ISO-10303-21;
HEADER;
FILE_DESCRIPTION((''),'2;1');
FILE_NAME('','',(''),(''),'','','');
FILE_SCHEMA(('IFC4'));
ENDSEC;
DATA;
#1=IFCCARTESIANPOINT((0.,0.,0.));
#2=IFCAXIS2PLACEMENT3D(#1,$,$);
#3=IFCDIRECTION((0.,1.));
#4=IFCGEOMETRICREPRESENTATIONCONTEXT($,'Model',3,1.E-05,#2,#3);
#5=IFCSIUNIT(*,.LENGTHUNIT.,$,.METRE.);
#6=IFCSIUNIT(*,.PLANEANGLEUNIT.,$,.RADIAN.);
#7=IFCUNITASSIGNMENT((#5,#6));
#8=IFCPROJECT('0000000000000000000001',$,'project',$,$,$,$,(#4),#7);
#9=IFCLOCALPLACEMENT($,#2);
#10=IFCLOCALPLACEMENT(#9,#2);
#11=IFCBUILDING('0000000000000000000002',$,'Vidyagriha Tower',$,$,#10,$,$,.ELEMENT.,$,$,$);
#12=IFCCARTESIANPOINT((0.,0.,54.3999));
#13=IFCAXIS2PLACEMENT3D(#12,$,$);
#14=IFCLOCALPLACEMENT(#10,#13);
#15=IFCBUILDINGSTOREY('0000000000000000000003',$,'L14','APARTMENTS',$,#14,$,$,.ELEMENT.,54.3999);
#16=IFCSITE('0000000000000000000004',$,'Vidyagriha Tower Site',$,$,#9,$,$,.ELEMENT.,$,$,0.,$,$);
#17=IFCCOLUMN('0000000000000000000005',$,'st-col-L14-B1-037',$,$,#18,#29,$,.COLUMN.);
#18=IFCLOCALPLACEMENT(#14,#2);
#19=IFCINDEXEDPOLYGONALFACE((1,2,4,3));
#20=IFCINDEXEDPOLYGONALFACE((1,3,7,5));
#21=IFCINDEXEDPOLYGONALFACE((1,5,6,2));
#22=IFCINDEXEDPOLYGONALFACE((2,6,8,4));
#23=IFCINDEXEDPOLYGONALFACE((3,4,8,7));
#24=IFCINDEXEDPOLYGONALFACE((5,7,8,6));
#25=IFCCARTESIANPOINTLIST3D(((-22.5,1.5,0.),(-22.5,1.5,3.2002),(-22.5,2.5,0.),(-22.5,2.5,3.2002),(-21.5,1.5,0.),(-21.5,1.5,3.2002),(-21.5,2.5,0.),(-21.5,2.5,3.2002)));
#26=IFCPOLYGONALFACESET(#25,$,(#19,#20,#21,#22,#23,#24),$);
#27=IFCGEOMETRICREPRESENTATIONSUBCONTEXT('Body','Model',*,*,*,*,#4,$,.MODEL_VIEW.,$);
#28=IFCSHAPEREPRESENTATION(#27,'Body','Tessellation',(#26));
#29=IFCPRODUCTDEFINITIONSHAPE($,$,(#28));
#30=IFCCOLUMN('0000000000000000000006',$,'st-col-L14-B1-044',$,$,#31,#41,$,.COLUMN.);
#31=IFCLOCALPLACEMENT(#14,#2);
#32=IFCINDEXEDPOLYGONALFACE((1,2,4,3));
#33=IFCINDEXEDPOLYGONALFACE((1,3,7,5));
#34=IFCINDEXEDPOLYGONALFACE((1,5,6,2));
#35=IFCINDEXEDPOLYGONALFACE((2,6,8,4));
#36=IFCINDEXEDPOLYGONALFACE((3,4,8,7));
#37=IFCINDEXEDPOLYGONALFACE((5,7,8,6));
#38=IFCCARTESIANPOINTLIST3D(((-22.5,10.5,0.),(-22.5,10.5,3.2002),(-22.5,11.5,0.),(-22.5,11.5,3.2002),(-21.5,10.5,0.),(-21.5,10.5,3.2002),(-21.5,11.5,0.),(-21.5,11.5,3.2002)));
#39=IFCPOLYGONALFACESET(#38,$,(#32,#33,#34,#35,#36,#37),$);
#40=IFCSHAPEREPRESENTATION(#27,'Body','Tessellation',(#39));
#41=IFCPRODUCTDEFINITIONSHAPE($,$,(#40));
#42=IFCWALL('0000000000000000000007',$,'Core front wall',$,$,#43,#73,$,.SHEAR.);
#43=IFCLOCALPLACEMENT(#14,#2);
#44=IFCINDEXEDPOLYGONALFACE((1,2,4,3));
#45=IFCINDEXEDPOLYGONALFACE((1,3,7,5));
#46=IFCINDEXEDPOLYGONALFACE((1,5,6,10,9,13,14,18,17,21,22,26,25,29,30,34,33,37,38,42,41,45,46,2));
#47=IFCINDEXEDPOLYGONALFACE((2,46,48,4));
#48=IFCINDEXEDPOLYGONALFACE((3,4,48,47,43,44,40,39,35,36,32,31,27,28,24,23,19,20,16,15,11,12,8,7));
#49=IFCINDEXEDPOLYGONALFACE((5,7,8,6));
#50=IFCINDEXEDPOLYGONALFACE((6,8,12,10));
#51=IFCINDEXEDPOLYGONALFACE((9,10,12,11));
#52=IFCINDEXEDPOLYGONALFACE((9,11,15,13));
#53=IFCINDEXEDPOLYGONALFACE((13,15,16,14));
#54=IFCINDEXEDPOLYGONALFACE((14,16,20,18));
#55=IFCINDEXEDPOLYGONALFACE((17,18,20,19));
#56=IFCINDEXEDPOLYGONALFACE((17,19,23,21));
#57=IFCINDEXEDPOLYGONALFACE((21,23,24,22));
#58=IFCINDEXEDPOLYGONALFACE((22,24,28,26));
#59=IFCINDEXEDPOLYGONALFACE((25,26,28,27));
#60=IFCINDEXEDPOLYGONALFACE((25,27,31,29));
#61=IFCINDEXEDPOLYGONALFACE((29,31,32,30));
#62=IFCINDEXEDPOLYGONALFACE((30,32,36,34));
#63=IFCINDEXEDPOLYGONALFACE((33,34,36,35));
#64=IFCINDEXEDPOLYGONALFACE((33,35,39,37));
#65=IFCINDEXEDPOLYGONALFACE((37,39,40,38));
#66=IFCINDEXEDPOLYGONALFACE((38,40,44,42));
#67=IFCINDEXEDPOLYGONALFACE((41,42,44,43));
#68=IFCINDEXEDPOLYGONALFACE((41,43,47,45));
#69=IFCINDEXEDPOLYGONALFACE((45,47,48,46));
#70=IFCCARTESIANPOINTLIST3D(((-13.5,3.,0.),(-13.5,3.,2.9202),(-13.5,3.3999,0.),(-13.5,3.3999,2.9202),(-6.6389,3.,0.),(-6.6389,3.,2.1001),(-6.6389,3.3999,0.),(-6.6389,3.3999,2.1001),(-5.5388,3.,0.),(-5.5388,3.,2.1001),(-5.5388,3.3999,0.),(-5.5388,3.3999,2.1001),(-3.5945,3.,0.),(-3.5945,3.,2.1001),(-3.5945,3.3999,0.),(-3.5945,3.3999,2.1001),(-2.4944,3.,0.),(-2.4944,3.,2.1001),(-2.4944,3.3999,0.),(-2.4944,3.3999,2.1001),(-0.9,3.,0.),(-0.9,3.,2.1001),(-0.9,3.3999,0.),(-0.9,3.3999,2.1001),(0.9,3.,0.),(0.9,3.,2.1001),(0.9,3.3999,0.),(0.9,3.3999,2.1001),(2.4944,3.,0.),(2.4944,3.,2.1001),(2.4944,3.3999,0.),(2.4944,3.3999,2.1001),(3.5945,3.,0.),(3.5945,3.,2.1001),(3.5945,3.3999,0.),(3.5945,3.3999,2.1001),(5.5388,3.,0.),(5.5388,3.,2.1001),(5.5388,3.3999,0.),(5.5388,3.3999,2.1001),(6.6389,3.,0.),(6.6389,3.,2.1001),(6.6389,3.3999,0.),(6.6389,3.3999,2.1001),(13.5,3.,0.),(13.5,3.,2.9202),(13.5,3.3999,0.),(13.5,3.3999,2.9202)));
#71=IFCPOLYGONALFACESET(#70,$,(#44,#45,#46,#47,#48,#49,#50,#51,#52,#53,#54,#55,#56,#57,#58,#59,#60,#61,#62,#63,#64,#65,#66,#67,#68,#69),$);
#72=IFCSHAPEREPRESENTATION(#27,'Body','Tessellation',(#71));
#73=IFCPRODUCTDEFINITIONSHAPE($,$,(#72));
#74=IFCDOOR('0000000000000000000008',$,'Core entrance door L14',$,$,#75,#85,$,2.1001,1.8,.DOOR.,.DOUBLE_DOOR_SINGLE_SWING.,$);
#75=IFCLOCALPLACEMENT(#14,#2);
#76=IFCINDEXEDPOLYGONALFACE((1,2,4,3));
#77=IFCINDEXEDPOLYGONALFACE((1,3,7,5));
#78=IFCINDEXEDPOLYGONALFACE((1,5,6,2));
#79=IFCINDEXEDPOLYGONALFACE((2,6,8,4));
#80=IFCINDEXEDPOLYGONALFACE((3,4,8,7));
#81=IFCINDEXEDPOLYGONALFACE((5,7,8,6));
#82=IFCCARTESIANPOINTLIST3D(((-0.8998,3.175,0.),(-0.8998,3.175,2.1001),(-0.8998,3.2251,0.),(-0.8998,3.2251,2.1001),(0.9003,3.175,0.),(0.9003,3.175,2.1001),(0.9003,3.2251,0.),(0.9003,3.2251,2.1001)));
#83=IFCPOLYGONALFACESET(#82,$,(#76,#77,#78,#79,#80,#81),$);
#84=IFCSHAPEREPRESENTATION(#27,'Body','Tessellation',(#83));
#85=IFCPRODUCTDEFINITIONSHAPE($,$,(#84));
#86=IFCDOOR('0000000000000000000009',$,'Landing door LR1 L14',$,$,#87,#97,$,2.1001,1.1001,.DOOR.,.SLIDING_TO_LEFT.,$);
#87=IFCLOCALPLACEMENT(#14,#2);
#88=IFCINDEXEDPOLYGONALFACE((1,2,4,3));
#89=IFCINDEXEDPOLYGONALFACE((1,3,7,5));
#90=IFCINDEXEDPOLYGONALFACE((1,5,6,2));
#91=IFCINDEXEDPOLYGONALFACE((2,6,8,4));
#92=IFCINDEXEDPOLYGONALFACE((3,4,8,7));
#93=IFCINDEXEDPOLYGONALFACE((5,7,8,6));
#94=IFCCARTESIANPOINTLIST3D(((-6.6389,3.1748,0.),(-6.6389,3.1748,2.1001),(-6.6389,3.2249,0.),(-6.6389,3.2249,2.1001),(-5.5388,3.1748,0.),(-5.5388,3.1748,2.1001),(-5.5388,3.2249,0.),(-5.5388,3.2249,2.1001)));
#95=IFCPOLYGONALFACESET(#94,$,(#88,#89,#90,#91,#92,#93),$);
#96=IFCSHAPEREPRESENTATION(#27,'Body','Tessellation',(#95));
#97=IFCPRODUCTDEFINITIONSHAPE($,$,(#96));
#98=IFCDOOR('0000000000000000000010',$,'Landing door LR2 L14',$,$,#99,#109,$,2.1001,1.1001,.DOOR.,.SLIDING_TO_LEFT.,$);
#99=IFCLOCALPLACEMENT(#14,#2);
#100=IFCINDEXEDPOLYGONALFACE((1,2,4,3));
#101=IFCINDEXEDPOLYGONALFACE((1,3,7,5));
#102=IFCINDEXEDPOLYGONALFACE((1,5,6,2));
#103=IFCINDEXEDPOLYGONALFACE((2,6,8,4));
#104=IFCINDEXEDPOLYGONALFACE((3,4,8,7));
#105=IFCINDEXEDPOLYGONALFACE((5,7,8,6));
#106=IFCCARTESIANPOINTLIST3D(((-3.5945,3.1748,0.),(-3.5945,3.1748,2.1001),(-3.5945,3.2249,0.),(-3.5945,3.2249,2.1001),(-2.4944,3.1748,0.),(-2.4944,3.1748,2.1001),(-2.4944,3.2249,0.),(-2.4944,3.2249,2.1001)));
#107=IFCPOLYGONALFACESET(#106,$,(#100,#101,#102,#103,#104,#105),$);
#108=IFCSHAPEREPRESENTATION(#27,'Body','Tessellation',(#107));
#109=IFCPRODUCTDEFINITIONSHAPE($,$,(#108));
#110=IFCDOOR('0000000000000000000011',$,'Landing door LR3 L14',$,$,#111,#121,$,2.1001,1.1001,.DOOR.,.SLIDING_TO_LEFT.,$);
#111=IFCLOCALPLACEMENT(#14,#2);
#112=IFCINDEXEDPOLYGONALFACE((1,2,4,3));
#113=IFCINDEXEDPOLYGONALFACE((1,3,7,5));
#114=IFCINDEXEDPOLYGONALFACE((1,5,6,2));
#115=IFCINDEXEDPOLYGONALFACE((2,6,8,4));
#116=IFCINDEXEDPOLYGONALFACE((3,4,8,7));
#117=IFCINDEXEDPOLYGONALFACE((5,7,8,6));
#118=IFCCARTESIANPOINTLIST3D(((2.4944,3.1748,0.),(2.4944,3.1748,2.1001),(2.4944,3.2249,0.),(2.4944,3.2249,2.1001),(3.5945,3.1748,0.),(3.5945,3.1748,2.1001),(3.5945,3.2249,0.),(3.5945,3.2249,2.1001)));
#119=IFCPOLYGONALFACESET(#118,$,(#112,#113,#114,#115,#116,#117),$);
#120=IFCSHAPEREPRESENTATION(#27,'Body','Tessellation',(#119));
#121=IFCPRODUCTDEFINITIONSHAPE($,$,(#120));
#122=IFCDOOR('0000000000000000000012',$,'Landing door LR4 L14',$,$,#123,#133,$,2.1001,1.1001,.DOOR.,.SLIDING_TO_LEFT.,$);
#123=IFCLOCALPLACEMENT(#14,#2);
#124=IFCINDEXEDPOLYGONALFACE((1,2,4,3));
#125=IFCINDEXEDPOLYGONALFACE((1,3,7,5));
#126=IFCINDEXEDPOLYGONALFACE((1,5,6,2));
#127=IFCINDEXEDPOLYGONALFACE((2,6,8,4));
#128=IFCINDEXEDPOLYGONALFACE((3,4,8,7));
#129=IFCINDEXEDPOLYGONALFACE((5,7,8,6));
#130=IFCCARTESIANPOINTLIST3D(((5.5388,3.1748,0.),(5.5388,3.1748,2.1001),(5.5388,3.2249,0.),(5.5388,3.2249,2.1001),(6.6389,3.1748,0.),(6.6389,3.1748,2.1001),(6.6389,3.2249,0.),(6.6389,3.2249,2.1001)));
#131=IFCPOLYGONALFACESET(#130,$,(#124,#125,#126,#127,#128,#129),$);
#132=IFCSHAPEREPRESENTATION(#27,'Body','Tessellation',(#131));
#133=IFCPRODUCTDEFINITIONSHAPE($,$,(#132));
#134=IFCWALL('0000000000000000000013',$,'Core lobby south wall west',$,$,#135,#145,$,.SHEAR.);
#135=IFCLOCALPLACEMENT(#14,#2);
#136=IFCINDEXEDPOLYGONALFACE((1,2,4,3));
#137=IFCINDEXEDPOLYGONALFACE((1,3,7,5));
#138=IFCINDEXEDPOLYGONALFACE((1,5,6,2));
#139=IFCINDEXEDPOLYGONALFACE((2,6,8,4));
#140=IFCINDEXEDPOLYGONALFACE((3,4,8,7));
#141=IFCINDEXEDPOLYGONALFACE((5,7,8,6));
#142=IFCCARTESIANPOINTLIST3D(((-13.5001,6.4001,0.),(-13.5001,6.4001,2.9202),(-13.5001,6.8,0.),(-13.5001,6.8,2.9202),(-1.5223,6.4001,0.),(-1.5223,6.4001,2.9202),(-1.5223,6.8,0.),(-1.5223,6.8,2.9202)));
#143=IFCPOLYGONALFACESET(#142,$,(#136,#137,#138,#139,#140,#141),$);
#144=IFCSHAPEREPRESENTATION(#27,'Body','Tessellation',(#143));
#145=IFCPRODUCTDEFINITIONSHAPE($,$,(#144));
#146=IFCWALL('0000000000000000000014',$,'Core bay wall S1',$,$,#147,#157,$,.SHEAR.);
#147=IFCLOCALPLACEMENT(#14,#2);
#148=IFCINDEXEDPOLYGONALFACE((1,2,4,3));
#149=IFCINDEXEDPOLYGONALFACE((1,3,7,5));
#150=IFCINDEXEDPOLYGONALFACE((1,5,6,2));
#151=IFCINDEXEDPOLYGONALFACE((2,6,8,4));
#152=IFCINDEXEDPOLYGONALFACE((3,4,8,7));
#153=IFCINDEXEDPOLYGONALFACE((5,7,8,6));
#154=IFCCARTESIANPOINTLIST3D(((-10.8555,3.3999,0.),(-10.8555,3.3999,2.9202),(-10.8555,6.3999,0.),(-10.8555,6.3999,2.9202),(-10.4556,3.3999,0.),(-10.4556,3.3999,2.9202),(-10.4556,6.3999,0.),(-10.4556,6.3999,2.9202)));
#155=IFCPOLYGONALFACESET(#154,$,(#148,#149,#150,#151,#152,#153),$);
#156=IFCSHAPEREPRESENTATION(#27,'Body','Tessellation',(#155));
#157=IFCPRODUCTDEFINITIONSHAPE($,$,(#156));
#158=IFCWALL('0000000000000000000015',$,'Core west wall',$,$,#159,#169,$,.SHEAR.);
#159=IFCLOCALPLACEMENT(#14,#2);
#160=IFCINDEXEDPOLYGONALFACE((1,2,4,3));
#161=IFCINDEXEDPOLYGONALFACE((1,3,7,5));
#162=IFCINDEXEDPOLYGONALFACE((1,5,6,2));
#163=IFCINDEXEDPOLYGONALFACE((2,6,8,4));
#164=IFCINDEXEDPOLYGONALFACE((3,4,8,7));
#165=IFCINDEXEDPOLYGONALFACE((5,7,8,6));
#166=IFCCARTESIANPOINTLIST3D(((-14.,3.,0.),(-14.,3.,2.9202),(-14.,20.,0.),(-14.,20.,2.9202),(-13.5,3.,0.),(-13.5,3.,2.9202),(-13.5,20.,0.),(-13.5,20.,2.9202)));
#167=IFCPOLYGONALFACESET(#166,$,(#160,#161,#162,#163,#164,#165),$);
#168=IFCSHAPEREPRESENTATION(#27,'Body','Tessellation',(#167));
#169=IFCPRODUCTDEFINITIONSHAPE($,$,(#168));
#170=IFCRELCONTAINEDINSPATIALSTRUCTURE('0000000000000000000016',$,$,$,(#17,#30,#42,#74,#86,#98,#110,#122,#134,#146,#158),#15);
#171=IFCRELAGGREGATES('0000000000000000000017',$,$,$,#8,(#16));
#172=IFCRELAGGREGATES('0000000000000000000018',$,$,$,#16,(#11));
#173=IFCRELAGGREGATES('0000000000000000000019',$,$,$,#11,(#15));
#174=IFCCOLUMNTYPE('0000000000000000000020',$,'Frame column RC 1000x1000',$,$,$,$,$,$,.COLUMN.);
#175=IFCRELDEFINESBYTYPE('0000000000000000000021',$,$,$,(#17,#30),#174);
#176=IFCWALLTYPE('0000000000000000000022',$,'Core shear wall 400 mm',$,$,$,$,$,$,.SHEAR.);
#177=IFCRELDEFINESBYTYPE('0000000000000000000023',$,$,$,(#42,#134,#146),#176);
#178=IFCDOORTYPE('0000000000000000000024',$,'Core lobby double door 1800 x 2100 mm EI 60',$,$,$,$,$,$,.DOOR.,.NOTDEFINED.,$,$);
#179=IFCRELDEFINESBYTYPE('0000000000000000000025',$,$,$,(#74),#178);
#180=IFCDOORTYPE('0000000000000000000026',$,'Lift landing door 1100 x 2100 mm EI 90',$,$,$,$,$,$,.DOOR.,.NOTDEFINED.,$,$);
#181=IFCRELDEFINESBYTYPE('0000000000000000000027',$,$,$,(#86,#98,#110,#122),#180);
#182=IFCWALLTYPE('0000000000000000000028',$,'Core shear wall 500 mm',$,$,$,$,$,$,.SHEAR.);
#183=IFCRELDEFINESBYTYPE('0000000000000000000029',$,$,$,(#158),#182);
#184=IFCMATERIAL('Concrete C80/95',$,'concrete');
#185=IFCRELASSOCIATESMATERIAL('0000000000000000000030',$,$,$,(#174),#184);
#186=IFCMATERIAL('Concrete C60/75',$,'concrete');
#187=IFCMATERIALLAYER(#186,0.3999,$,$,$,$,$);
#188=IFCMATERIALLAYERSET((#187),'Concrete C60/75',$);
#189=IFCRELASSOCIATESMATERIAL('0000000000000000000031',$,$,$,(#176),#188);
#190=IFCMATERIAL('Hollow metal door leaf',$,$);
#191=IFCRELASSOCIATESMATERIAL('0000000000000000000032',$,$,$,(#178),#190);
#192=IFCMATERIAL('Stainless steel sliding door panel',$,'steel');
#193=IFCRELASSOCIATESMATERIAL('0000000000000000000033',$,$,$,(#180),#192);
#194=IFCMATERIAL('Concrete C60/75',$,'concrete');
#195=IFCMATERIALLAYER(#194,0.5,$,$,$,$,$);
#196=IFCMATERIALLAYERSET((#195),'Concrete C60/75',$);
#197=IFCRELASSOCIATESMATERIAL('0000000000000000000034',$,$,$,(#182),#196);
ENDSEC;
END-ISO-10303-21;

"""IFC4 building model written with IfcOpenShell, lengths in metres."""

from ifc_helpers import new_model, si_unit, direction, frame, frame_2d, origin, origin_2d, place, context, subcontext, project, spatial, rectangle, extrude, material, layer, layer_set, material_profile, profile_set, type_object, element, fill, save


model = new_model("IFC4")

# Units and contexts
model_context = context("Model", 3, precision=1e-05, world=origin(), true_north=direction((0.0, 1.0)))
body_context = subcontext(model_context, "Body", "Model", "MODEL_VIEW")
ifc_project = project(units=[si_unit("LENGTHUNIT", "METRE"), si_unit("PLANEANGLEUNIT", "RADIAN")], contexts=[model_context])

# Site, building, storey
site_placement = place(None, origin())
site = spatial("IfcSite", under=ifc_project, at=site_placement, Name="Vidyagriha Tower Site", CompositionType="ELEMENT", RefElevation=0.0)
building_placement = place(site_placement, origin())
building = spatial("IfcBuilding", under=site, at=building_placement, Name="Vidyagriha Tower", CompositionType="ELEMENT")
storey_placement = place(building_placement, frame((0.0, 0.0, 54.3999)))
storey = spatial("IfcBuildingStorey", under=building, at=storey_placement, Name="L14", Description="APARTMENTS", CompositionType="ELEMENT", Elevation=54.3999)

# Columns
ifc_material_1 = material(Name="Concrete C80/95", Category="concrete")
ifc_material_profile = material_profile(ifc_material_1, rectangle(XDim=1.0, YDim=1.0, at=origin_2d()), Name="RC 1000x1000")
ifc_profile_set = profile_set([ifc_material_profile], Name="Concrete C80/95")
column_type = type_object("IfcColumnType", Name="Frame column RC 1000x1000", PredefinedType="COLUMN", material=ifc_profile_set)
for number, where, name in (
    (1, (-22.0, 2.0, 0.0), "st-col-L14-B1-037"),
    (2, (-22.0, 11.0, 0.0), "st-col-L14-B1-044"),
):
    element("IfcColumn", number, at=place(storey_placement, frame(where)), inside=storey, type_object=column_type, Name=name, PredefinedType="COLUMN", context=body_context, shape_type="SweptSolid", body=[
        extrude(rectangle(XDim=1.0, YDim=1.0, at=origin_2d()), origin(), (0.0, 0.0, 1.0), 3.2002),
    ])

# Wall, openings, doors
ifc_material_2 = material(Name="Concrete C60/75", Category="concrete")
ifc_layer_1 = layer(ifc_material_2, 0.3999)
ifc_layer_set_1 = layer_set([ifc_layer_1], Name="Concrete C60/75")
wall_type_1 = type_object("IfcWallType", Name="Core shear wall 400 mm", PredefinedType="SHEAR", material=ifc_layer_set_1)
wall_1_placement = place(storey_placement, frame((-13.5, 3.2, 0.0)))
wall_1 = element("IfcWall", 3, at=wall_1_placement, inside=storey, type_object=wall_type_1, Name="Core front wall", PredefinedType="SHEAR", context=body_context, shape_type="SweptSolid", body=[
    extrude(rectangle(XDim=27.0, YDim=0.3999, at=frame_2d((13.5, 0.0))), origin(), (0.0, 0.0, 1.0), 2.9202),
])
opening_1_placement = place(wall_1_placement, frame((6.8611, 0.0, 0.0)))
opening_1 = element("IfcOpeningElement", 4, at=opening_1_placement, cuts=wall_1, PredefinedType="OPENING", context=body_context, shape_type="SweptSolid", body=[
    extrude(rectangle(XDim=1.1001, YDim=2.1001, at=frame_2d((0.55, 1.05))), frame((0.0, 0.21, 0.0), z_axis=(0.0, -1.0, 0.0), x_axis=(1.0, 0.0, 0.0)), (0.0, 0.0, 1.0), 0.4199),
])
opening_2_placement = place(wall_1_placement, frame((9.9055, 0.0, 0.0)))
opening_2 = element("IfcOpeningElement", 5, at=opening_2_placement, cuts=wall_1, PredefinedType="OPENING", context=body_context, shape_type="SweptSolid", body=[
    extrude(rectangle(XDim=1.1001, YDim=2.1001, at=frame_2d((0.55, 1.05))), frame((0.0, 0.21, 0.0), z_axis=(0.0, -1.0, 0.0), x_axis=(1.0, 0.0, 0.0)), (0.0, 0.0, 1.0), 0.4199),
])
opening_3_placement = place(wall_1_placement, frame((15.9944, 0.0, 0.0)))
opening_3 = element("IfcOpeningElement", 6, at=opening_3_placement, cuts=wall_1, PredefinedType="OPENING", context=body_context, shape_type="SweptSolid", body=[
    extrude(rectangle(XDim=1.1001, YDim=2.1001, at=frame_2d((0.55, 1.05))), frame((0.0, 0.21, 0.0), z_axis=(0.0, -1.0, 0.0), x_axis=(1.0, 0.0, 0.0)), (0.0, 0.0, 1.0), 0.4199),
])
opening_4_placement = place(wall_1_placement, frame((19.0388, 0.0, 0.0)))
opening_4 = element("IfcOpeningElement", 7, at=opening_4_placement, cuts=wall_1, PredefinedType="OPENING", context=body_context, shape_type="SweptSolid", body=[
    extrude(rectangle(XDim=1.1001, YDim=2.1001, at=frame_2d((0.55, 1.05))), frame((0.0, 0.21, 0.0), z_axis=(0.0, -1.0, 0.0), x_axis=(1.0, 0.0, 0.0)), (0.0, 0.0, 1.0), 0.4199),
])
opening_5_placement = place(wall_1_placement, frame((12.6001, 0.0, 0.0)))
opening_5 = element("IfcOpeningElement", 8, at=opening_5_placement, cuts=wall_1, PredefinedType="OPENING", context=body_context, shape_type="SweptSolid", body=[
    extrude(rectangle(XDim=1.8, YDim=2.1001, at=frame_2d((0.8999, 1.05))), frame((0.0, 0.21, 0.0), z_axis=(0.0, -1.0, 0.0), x_axis=(1.0, 0.0, 0.0)), (0.0, 0.0, 1.0), 0.4199),
])
ifc_material_3 = material(Name="Hollow metal door leaf")
door_type_1 = type_object("IfcDoorType", Name="Core lobby double door 1800 x 2100 mm EI 60", OperationType="NOTDEFINED", PredefinedType="DOOR", material=ifc_material_3)
door_1_placement = place(opening_5_placement, frame((1.8, 0.0, 0.0), z_axis=(0.0, 0.0, 1.0), x_axis=(-1.0, 0.0, 0.0)))
door_1 = element("IfcDoor", 9, at=door_1_placement, inside=storey, type_object=door_type_1, Name="Core entrance door L14", OperationType="DOUBLE_DOOR_SINGLE_SWING", OverallHeight=2.1001, OverallWidth=1.8, PredefinedType="DOOR", context=body_context, shape_type="SweptSolid", body=[
    extrude(rectangle(XDim=1.8, YDim=2.1001, at=frame_2d((0.8999, 1.05))), frame((0.0, 0.0249, 0.0), z_axis=(0.0, -1.0, 0.0), x_axis=(1.0, 0.0, 0.0)), (0.0, 0.0, 1.0), 0.05),
])
fill(opening_5, door_1)
ifc_material_4 = material(Name="Stainless steel sliding door panel", Category="steel")
door_type_2 = type_object("IfcDoorType", Name="Lift landing door 1100 x 2100 mm EI 90", OperationType="NOTDEFINED", PredefinedType="DOOR", material=ifc_material_4)
door_2_placement = place(opening_1_placement, origin())
door_2 = element("IfcDoor", 10, at=door_2_placement, inside=storey, type_object=door_type_2, Name="Landing door LR1 L14", OperationType="SLIDING_TO_LEFT", OverallHeight=2.1001, OverallWidth=1.1001, PredefinedType="DOOR", context=body_context, shape_type="SweptSolid", body=[
    extrude(rectangle(XDim=1.1001, YDim=2.1001, at=frame_2d((0.55, 1.05))), frame((0.0, 0.0249, 0.0), z_axis=(0.0, -1.0, 0.0), x_axis=(1.0, 0.0, 0.0)), (0.0, 0.0, 1.0), 0.05),
])
fill(opening_1, door_2)
door_3_placement = place(opening_2_placement, origin())
door_3 = element("IfcDoor", 11, at=door_3_placement, inside=storey, type_object=door_type_2, Name="Landing door LR2 L14", OperationType="SLIDING_TO_LEFT", OverallHeight=2.1001, OverallWidth=1.1001, PredefinedType="DOOR", context=body_context, shape_type="SweptSolid", body=[
    extrude(rectangle(XDim=1.1001, YDim=2.1001, at=frame_2d((0.55, 1.05))), frame((0.0, 0.0249, 0.0), z_axis=(0.0, -1.0, 0.0), x_axis=(1.0, 0.0, 0.0)), (0.0, 0.0, 1.0), 0.05),
])
fill(opening_2, door_3)
door_4_placement = place(opening_3_placement, origin())
door_4 = element("IfcDoor", 12, at=door_4_placement, inside=storey, type_object=door_type_2, Name="Landing door LR3 L14", OperationType="SLIDING_TO_LEFT", OverallHeight=2.1001, OverallWidth=1.1001, PredefinedType="DOOR", context=body_context, shape_type="SweptSolid", body=[
    extrude(rectangle(XDim=1.1001, YDim=2.1001, at=frame_2d((0.55, 1.05))), frame((0.0, 0.0249, 0.0), z_axis=(0.0, -1.0, 0.0), x_axis=(1.0, 0.0, 0.0)), (0.0, 0.0, 1.0), 0.05),
])
fill(opening_3, door_4)
door_5_placement = place(opening_4_placement, origin())
door_5 = element("IfcDoor", 13, at=door_5_placement, inside=storey, type_object=door_type_2, Name="Landing door LR4 L14", OperationType="SLIDING_TO_LEFT", OverallHeight=2.1001, OverallWidth=1.1001, PredefinedType="DOOR", context=body_context, shape_type="SweptSolid", body=[
    extrude(rectangle(XDim=1.1001, YDim=2.1001, at=frame_2d((0.55, 1.05))), frame((0.0, 0.0249, 0.0), z_axis=(0.0, -1.0, 0.0), x_axis=(1.0, 0.0, 0.0)), (0.0, 0.0, 1.0), 0.05),
])
fill(opening_4, door_5)

# Walls
wall_2_placement = place(storey_placement, frame((-13.5, 6.6001, 0.0)))
element("IfcWall", 14, at=wall_2_placement, inside=storey, type_object=wall_type_1, Name="Core lobby south wall west", PredefinedType="SHEAR", context=body_context, shape_type="SweptSolid", body=[
    extrude(rectangle(XDim=11.9778, YDim=0.3999, at=frame_2d((5.9888, 0.0))), origin(), (0.0, 0.0, 1.0), 2.9202),
])
wall_3_placement = place(storey_placement, frame((-10.6555, 3.3999, 0.0), z_axis=(0.0, 0.0, 1.0), x_axis=(0.0, 1.0, 0.0)))
element("IfcWall", 15, at=wall_3_placement, inside=storey, type_object=wall_type_1, Name="Core bay wall S1", PredefinedType="SHEAR", context=body_context, shape_type="SweptSolid", body=[
    extrude(rectangle(XDim=3.0, YDim=0.3999, at=frame_2d((1.5, 0.0))), origin(), (0.0, 0.0, 1.0), 2.9202),
])
ifc_material_5 = material(Name="Concrete C60/75", Category="concrete")
ifc_layer_2 = layer(ifc_material_5, 0.5)
ifc_layer_set_2 = layer_set([ifc_layer_2], Name="Concrete C60/75")
wall_type_2 = type_object("IfcWallType", Name="Core shear wall 500 mm", PredefinedType="SHEAR", material=ifc_layer_set_2)
wall_4_placement = place(storey_placement, frame((-13.75, 3.0, 0.0), z_axis=(0.0, 0.0, 1.0), x_axis=(0.0, 1.0, 0.0)))
element("IfcWall", 16, at=wall_4_placement, inside=storey, type_object=wall_type_2, Name="Core west wall", PredefinedType="SHEAR", context=body_context, shape_type="SweptSolid", body=[
    extrude(rectangle(XDim=17.0, YDim=0.5, at=frame_2d((8.5, 0.0))), origin(), (0.0, 0.0, 1.0), 2.9202),
])

save(model, "model.ifc")
